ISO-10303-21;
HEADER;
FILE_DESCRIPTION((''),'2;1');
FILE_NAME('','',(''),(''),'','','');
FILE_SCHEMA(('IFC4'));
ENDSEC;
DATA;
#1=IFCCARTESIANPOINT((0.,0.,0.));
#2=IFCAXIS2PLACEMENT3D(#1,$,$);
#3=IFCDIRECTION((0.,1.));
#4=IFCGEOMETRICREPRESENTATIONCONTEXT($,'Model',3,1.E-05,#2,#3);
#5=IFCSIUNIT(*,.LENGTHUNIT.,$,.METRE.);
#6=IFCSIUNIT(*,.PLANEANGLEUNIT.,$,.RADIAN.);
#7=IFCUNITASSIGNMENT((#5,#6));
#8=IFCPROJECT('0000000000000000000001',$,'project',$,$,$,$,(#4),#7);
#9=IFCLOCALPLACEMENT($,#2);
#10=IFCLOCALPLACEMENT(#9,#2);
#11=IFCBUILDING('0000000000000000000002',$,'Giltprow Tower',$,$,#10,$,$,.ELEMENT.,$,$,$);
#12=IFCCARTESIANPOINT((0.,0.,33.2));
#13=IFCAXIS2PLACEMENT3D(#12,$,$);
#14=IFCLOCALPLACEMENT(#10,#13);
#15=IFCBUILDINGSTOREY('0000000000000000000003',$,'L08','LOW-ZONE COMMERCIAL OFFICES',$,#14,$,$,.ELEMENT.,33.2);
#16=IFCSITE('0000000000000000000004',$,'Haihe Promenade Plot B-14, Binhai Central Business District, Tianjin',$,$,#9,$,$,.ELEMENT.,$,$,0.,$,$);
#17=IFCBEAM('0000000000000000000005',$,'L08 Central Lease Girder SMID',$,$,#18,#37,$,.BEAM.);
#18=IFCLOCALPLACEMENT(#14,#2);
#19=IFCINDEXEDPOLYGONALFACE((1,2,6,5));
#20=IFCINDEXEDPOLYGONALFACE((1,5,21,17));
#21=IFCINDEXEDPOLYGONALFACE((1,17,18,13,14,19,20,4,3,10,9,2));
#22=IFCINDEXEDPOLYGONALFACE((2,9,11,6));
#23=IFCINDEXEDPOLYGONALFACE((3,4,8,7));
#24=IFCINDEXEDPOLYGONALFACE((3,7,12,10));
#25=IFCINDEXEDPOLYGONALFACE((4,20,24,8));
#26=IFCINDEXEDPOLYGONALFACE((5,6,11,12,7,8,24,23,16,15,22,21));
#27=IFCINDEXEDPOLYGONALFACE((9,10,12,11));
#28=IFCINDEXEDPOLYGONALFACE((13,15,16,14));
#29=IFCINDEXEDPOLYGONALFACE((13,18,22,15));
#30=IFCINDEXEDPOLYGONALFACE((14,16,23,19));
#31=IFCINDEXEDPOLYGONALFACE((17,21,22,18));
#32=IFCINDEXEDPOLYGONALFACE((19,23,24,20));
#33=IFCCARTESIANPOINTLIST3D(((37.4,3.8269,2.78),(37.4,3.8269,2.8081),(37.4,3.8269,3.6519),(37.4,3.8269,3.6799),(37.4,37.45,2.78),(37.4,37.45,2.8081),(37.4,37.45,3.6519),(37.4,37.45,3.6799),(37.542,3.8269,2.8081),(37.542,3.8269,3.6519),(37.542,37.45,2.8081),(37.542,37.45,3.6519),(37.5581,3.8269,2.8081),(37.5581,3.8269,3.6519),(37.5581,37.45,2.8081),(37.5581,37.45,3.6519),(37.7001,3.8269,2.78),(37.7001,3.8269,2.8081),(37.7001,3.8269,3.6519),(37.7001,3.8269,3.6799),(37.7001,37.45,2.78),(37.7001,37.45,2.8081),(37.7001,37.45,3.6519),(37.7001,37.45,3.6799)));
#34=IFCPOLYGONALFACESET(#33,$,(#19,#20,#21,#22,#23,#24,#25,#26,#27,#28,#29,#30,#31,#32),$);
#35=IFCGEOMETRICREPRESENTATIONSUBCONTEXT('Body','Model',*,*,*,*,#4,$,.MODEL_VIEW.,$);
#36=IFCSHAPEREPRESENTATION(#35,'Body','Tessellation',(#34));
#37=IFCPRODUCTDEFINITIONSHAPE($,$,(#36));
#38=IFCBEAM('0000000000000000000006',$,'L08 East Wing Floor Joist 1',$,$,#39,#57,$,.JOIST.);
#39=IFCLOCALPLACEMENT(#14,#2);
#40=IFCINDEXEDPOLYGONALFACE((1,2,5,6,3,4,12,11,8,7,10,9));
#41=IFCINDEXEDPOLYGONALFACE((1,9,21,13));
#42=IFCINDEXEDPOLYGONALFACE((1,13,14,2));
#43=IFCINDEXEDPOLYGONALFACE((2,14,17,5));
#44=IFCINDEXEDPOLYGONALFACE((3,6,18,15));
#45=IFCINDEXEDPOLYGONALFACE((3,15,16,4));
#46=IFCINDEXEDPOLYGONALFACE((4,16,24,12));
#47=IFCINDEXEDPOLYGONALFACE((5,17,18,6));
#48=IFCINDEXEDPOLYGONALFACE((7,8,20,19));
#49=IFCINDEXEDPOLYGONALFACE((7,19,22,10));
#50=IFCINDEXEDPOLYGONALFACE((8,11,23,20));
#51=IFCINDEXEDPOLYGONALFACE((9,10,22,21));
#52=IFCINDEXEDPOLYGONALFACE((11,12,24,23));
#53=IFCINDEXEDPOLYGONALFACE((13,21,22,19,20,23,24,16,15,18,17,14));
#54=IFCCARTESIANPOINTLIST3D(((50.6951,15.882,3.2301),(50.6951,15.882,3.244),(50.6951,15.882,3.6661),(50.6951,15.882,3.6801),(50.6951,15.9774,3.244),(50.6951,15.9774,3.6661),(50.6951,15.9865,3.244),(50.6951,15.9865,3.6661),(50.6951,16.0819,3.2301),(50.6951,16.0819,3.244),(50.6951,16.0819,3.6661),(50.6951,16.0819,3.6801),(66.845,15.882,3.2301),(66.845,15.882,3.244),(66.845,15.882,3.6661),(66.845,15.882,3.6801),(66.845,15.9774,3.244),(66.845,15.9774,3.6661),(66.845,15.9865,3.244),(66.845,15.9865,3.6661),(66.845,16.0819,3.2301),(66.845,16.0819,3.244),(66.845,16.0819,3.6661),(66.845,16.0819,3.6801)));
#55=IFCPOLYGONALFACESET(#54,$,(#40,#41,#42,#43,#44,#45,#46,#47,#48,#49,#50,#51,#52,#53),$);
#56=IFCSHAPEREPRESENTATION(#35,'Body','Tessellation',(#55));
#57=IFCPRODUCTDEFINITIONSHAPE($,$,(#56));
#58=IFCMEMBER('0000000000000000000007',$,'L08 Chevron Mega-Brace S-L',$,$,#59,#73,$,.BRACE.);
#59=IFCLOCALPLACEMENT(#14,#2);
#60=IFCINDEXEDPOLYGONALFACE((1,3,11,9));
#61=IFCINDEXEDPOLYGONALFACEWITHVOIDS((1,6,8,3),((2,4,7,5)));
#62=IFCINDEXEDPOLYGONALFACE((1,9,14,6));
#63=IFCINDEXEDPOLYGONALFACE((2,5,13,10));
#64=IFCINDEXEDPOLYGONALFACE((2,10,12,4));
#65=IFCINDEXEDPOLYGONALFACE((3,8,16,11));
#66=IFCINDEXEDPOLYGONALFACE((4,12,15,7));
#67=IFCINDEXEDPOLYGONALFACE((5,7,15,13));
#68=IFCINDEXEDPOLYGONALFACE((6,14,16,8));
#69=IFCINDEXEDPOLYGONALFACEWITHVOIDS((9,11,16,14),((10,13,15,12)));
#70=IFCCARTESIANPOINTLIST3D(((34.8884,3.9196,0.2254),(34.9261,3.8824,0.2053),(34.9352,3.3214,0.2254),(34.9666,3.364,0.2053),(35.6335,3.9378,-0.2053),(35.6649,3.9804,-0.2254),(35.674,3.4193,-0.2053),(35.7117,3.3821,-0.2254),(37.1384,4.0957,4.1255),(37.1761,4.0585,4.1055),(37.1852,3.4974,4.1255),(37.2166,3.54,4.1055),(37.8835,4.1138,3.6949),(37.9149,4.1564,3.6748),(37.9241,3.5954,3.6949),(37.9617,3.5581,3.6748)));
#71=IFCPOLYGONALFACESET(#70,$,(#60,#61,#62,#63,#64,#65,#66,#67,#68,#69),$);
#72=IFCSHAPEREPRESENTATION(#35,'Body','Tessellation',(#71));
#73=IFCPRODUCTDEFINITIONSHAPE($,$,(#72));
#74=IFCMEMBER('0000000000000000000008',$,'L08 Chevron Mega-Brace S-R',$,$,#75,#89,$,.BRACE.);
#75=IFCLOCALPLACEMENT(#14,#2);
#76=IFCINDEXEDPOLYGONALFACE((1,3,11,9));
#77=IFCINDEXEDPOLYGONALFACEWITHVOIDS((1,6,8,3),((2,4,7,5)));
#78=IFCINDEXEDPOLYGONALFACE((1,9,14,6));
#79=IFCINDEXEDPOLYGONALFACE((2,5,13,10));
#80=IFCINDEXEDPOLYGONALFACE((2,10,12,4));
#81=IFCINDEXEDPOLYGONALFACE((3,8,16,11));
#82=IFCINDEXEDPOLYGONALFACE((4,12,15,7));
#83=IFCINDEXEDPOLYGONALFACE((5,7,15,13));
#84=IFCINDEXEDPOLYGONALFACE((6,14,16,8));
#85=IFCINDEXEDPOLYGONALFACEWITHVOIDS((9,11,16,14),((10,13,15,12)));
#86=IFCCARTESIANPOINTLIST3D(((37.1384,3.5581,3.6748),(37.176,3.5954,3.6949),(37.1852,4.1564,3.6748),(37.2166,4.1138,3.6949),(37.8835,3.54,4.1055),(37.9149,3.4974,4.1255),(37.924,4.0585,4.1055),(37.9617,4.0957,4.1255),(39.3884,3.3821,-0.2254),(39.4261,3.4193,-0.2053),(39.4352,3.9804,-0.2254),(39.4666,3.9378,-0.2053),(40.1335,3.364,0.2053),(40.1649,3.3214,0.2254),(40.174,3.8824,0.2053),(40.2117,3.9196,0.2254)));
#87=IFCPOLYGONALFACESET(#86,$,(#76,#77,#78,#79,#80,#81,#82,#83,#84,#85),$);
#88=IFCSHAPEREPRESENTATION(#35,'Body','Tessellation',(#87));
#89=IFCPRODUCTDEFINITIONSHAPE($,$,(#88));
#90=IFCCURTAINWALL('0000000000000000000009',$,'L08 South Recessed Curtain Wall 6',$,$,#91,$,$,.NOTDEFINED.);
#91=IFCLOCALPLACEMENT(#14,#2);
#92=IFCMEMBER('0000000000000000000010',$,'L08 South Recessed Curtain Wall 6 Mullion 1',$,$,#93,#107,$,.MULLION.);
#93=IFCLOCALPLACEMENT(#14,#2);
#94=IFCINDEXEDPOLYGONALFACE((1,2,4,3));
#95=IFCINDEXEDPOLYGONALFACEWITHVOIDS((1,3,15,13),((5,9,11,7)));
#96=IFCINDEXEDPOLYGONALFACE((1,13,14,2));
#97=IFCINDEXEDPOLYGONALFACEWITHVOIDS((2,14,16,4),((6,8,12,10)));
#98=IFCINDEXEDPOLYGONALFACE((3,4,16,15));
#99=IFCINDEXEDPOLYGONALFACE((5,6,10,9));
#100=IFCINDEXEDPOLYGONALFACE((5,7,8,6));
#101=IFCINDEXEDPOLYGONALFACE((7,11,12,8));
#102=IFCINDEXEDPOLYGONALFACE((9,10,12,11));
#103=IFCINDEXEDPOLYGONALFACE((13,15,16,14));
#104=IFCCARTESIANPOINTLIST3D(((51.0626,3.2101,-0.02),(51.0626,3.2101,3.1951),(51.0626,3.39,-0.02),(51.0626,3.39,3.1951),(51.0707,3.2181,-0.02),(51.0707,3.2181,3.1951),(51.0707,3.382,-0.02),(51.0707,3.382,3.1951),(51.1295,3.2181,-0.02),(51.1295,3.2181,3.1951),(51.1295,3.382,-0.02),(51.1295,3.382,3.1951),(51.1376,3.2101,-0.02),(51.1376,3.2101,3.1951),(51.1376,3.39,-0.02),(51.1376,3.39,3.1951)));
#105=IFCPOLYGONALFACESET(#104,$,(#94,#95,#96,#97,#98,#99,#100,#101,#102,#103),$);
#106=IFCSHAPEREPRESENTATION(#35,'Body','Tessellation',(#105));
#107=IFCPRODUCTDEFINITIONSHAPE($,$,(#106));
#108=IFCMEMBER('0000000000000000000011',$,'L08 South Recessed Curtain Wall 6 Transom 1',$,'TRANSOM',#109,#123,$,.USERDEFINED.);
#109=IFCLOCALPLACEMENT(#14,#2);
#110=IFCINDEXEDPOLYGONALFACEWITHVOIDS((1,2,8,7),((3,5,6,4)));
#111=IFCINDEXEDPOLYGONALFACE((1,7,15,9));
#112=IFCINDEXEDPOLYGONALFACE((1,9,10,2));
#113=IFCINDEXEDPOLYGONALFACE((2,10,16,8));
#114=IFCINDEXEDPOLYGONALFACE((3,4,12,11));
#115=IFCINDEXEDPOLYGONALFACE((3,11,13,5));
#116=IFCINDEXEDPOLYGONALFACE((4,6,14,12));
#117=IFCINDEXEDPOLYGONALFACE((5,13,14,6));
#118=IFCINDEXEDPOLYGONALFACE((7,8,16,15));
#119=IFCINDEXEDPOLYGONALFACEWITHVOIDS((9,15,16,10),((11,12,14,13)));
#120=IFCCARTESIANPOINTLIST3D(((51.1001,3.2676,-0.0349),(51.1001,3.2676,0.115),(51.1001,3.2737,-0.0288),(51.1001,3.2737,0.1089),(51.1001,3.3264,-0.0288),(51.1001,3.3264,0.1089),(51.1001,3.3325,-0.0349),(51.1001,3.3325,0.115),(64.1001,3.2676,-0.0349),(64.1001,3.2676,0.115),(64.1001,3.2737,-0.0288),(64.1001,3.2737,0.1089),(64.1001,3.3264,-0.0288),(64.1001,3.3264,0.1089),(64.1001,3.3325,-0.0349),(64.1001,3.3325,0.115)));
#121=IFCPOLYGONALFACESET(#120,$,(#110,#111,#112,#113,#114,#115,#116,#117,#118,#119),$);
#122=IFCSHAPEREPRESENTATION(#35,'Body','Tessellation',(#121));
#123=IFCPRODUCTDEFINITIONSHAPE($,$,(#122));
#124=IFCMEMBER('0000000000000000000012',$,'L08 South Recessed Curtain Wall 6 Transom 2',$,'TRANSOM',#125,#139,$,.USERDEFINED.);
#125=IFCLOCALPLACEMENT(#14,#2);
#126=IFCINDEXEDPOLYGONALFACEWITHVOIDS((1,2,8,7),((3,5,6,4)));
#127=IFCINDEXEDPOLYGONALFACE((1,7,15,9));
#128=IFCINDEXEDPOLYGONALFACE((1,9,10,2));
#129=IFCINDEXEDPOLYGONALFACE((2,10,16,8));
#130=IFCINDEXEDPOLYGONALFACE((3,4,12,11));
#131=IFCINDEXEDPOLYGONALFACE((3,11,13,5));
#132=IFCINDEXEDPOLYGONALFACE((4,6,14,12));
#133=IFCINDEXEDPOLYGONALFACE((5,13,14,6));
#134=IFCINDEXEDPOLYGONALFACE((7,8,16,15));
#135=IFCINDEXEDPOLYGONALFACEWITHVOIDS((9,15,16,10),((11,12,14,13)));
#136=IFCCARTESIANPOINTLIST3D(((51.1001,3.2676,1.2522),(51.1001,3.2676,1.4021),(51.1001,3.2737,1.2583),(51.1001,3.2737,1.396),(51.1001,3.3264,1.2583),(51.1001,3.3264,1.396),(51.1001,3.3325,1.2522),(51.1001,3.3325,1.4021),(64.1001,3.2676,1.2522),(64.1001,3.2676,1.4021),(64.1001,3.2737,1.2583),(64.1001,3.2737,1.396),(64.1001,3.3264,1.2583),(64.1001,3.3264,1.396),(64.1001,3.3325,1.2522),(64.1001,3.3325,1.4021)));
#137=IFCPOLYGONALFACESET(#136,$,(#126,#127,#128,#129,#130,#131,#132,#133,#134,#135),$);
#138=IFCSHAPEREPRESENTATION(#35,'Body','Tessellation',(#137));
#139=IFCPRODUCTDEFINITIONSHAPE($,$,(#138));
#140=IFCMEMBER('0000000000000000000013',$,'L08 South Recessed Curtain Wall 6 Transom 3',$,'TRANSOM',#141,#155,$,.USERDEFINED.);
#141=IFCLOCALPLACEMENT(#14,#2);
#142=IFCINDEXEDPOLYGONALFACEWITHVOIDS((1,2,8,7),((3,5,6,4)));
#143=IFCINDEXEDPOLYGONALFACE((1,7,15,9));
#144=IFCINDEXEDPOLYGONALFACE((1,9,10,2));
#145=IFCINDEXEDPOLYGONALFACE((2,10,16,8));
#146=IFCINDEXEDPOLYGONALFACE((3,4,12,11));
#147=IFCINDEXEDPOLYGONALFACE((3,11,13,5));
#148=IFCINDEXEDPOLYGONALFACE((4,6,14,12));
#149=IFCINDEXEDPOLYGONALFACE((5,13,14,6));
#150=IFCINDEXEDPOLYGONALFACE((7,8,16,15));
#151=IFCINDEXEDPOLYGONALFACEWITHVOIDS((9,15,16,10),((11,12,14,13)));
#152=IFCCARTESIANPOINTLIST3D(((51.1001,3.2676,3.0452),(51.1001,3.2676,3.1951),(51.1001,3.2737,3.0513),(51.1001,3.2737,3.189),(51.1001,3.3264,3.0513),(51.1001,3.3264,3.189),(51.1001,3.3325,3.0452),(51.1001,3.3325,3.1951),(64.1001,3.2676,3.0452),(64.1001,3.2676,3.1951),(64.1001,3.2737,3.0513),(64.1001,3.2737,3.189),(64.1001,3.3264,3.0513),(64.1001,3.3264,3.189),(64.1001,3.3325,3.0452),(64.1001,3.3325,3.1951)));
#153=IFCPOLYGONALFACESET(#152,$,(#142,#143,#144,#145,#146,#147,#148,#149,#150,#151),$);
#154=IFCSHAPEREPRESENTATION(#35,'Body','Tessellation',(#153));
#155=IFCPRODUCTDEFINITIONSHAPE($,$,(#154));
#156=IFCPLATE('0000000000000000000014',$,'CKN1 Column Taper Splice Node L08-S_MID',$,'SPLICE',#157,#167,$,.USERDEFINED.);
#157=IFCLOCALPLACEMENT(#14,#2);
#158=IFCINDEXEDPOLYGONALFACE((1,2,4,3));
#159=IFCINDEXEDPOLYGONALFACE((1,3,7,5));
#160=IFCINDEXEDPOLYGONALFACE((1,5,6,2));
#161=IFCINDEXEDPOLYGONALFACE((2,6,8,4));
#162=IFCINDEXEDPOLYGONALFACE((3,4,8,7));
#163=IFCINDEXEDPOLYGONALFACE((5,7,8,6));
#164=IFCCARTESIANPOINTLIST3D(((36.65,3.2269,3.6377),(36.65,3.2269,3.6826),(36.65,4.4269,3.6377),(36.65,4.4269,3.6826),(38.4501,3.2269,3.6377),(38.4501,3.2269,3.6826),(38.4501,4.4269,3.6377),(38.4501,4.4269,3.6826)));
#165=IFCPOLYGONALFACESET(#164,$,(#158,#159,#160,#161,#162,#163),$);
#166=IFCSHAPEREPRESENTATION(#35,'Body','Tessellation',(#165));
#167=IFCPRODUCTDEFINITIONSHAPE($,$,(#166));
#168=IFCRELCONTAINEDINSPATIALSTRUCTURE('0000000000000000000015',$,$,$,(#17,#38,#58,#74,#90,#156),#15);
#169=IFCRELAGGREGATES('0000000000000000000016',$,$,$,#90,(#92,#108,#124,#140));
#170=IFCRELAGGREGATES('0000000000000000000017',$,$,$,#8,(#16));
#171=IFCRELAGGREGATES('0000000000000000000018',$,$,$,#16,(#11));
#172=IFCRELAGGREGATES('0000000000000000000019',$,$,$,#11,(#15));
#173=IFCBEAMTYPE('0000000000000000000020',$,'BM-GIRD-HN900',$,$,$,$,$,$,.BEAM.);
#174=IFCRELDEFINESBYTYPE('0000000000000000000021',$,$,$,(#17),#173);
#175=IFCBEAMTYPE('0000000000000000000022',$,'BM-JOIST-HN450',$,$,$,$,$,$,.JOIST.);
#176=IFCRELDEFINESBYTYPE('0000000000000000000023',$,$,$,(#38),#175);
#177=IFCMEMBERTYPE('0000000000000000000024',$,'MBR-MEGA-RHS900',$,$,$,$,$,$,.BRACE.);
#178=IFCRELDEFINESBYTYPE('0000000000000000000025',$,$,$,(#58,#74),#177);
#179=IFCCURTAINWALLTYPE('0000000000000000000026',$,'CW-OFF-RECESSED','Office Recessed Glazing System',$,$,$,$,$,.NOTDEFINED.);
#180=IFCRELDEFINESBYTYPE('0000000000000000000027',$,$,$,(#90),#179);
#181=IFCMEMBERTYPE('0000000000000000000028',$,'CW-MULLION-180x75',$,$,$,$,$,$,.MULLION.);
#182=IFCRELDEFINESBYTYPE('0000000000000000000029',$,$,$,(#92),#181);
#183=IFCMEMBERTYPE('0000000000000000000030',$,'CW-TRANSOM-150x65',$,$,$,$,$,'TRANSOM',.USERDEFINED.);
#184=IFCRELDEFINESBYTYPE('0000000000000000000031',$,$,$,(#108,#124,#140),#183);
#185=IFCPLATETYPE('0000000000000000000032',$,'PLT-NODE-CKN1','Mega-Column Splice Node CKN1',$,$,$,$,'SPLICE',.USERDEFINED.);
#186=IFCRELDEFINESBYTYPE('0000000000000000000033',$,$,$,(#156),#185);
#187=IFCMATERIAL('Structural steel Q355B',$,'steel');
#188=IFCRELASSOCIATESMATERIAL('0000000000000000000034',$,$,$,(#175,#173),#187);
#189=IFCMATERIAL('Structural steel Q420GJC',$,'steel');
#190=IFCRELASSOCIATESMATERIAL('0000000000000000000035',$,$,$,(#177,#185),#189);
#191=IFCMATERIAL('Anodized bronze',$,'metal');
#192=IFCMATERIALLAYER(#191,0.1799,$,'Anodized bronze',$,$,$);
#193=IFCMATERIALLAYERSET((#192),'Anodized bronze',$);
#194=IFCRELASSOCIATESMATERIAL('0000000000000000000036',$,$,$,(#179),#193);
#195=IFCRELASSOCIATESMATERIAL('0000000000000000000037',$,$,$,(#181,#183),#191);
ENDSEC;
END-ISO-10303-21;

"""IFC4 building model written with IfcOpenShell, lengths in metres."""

from ifc_helpers import new_model, si_unit, direction, frame, origin, origin_2d, place, context, subcontext, project, spatial, rectangle, hollow_rectangle, i_section, extrude, source, transform, mapped, material, layer, layer_set, material_profile, profile_set, type_object, element, aggregate, save


model = new_model("IFC4")

# Units and contexts
model_context = context("Model", 3, precision=1e-05, world=origin(), true_north=direction((0.0, 1.0)))
body_context = subcontext(model_context, "Body", "Model", "MODEL_VIEW")
ifc_project = project(units=[si_unit("LENGTHUNIT", "METRE"), si_unit("PLANEANGLEUNIT", "RADIAN")], contexts=[model_context])

# Site, building, storey
site_placement = place(None, origin())
site = spatial("IfcSite", under=ifc_project, at=site_placement, Name="Haihe Promenade Plot B-14, Binhai Central Business District, Tianjin", CompositionType="ELEMENT", RefElevation=0.0)
building_placement = place(site_placement, origin())
building = spatial("IfcBuilding", under=site, at=building_placement, Name="Giltprow Tower", CompositionType="ELEMENT")
storey_placement = place(building_placement, frame((0.0, 0.0, 33.2)))
storey = spatial("IfcBuildingStorey", under=building, at=storey_placement, Name="L08", Description="LOW-ZONE COMMERCIAL OFFICES", CompositionType="ELEMENT", Elevation=33.2)

# Shared definitions
ifc_material_1 = material(Name="Structural steel Q420GJC", Category="steel")

# Beams
ifc_material_2 = material(Name="Structural steel Q355B", Category="steel")
ifc_material_profile_1 = material_profile(ifc_material_2, i_section(OverallWidth=0.2, OverallDepth=0.45, WebThickness=0.009, FlangeThickness=0.0139, at=origin_2d()), Name="HN 450x200x9x14")
ifc_profile_set_1 = profile_set([ifc_material_profile_1], Name="Structural steel Q355B")
beam_type_1 = type_object("IfcBeamType", Name="BM-JOIST-HN450", PredefinedType="JOIST", material=ifc_profile_set_1)
ifc_material_profile_2 = material_profile(ifc_material_2, i_section(OverallWidth=0.3, OverallDepth=0.8999, WebThickness=0.0161, FlangeThickness=0.0281, at=origin_2d()), Name="HN 900x300x16x28")
ifc_profile_set_2 = profile_set([ifc_material_profile_2], Name="Structural steel Q355B")
beam_type_2 = type_object("IfcBeamType", Name="BM-GIRD-HN900", PredefinedType="BEAM", material=ifc_profile_set_2)
shared_shape_1 = source(origin(), body_context, "Body", "SweptSolid", [
    extrude(i_section(OverallWidth=0.3, OverallDepth=0.8999, WebThickness=0.0161, FlangeThickness=0.0281, at=origin_2d()), origin(), (0.0, 0.0, 1.0), 33.623),
])
beam_1_placement = place(storey_placement, frame((37.55, 3.8269, 3.23), z_axis=(0.0, 1.0, 0.0), x_axis=(-1.0, 0.0, 0.0)))
element("IfcBeam", 1, at=beam_1_placement, inside=storey, type_object=beam_type_2, Name="L08 Central Lease Girder SMID", PredefinedType="BEAM", context=body_context, shape_type="MappedRepresentation", body=[
    mapped(shared_shape_1, transform((0.0, 0.0, 0.0), x_axis=(1.0, 0.0, 0.0), y_axis=(0.0, 1.0, 0.0), z_axis=(0.0, 0.0, 1.0), scale=1.0)),
])
shared_shape_2 = source(origin(), body_context, "Body", "SweptSolid", [
    extrude(i_section(OverallWidth=0.2, OverallDepth=0.45, WebThickness=0.009, FlangeThickness=0.0139, at=origin_2d()), origin(), (0.0, 0.0, 1.0), 16.1499),
])
beam_2_placement = place(storey_placement, frame((50.6951, 15.9819, 3.4551), z_axis=(1.0, 0.0, 0.0), x_axis=(0.0, 1.0, 0.0)))
element("IfcBeam", 2, at=beam_2_placement, inside=storey, type_object=beam_type_1, Name="L08 East Wing Floor Joist 1", PredefinedType="JOIST", context=body_context, shape_type="MappedRepresentation", body=[
    mapped(shared_shape_2, transform((0.0, 0.0, 0.0), x_axis=(1.0, 0.0, 0.0), y_axis=(0.0, 1.0, 0.0), z_axis=(0.0, 0.0, 1.0), scale=1.0)),
])

# Members
ifc_material_profile_3 = material_profile(ifc_material_1, hollow_rectangle(XDim=0.6001, YDim=0.8999, WallThickness=0.04, at=origin_2d()), Name="RHS 900x600x40")
ifc_profile_set_3 = profile_set([ifc_material_profile_3], Name="Structural steel Q420GJC")
member_type_1 = type_object("IfcMemberType", Name="MBR-MEGA-RHS900", PredefinedType="BRACE", material=ifc_profile_set_3)
shared_shape_3 = source(origin(), body_context, "Body", "SweptSolid", [
    extrude(hollow_rectangle(XDim=0.6001, YDim=0.8999, WallThickness=0.04, at=origin_2d()), origin(), (0.0, 0.0, 1.0), 4.5061),
])
for number, where, z_axis, x_axis, name in (
    (3, (35.3, 3.6509, 0.0), (0.499327, 0.039064, 0.865533), (-0.077995, 0.996954, 0.0), "L08 Chevron Mega-Brace S-L"),
    (4, (39.8, 3.6509, 0.0), (-0.499327, 0.039064, 0.865533), (-0.077995, -0.996954, 0.0), "L08 Chevron Mega-Brace S-R"),
):
    element("IfcMember", number, at=place(storey_placement, frame(where, z_axis=z_axis, x_axis=x_axis)), inside=storey, type_object=member_type_1, Name=name, PredefinedType="BRACE", context=body_context, shape_type="MappedRepresentation", body=[
        mapped(shared_shape_3, transform((0.0, 0.0, 0.0), x_axis=(1.0, 0.0, 0.0), y_axis=(0.0, 1.0, 0.0), z_axis=(0.0, 0.0, 1.0), scale=1.0)),
    ])

# Curtain wall, members
ifc_material_3 = material(Name="Anodized bronze", Category="metal")
ifc_layer_1 = layer(ifc_material_3, 0.1799, Name="Anodized bronze")
ifc_layer_set_1 = layer_set([ifc_layer_1], Name="Anodized bronze")
curtain_wall_type = type_object("IfcCurtainWallType", Name="CW-OFF-RECESSED", Description="Office Recessed Glazing System", PredefinedType="NOTDEFINED", material=ifc_layer_set_1)
curtain_wall_placement = place(storey_placement, origin())
curtain_wall = element("IfcCurtainWall", 5, at=curtain_wall_placement, inside=storey, type_object=curtain_wall_type, Name="L08 South Recessed Curtain Wall 6", PredefinedType="NOTDEFINED")
ifc_material_profile_4 = material_profile(ifc_material_3, hollow_rectangle(XDim=0.075, YDim=0.1799, WallThickness=0.0081, at=origin_2d()), Name="RHS 180x75x8")
ifc_profile_set_4 = profile_set([ifc_material_profile_4], Name="Anodized bronze")
member_type_2 = type_object("IfcMemberType", Name="CW-MULLION-180x75", PredefinedType="MULLION", material=ifc_profile_set_4)
shared_shape_4 = source(origin(), body_context, "Body", "SweptSolid", [
    extrude(hollow_rectangle(XDim=0.075, YDim=0.1799, WallThickness=0.0081, at=origin_2d()), origin(), (0.0, 0.0, 1.0), 3.2151),
])
member_1_placement = place(storey_placement, frame((51.1001, 3.3, -0.02), z_axis=(0.0, 0.0, 1.0), x_axis=(1.0, 0.0, 0.0)))
member_1 = element("IfcMember", 6, at=member_1_placement, type_object=member_type_2, Name="L08 South Recessed Curtain Wall 6 Mullion 1", PredefinedType="MULLION", context=body_context, shape_type="MappedRepresentation", body=[
    mapped(shared_shape_4, transform((0.0, 0.0, 0.0), x_axis=(1.0, 0.0, 0.0), y_axis=(0.0, 1.0, 0.0), z_axis=(0.0, 0.0, 1.0), scale=1.0)),
])
ifc_material_profile_5 = material_profile(ifc_material_3, hollow_rectangle(XDim=0.0649, YDim=0.1499, WallThickness=0.0061, at=origin_2d()), Name="RHS 150x65x6")
ifc_profile_set_5 = profile_set([ifc_material_profile_5], Name="Anodized bronze")
member_type_3 = type_object("IfcMemberType", Name="CW-TRANSOM-150x65", ElementType="TRANSOM", PredefinedType="USERDEFINED", material=ifc_profile_set_5)
shared_shape_5 = source(origin(), body_context, "Body", "SweptSolid", [
    extrude(hollow_rectangle(XDim=0.0649, YDim=0.1499, WallThickness=0.0061, at=origin_2d()), origin(), (0.0, 0.0, 1.0), 13.0),
])
member_2_placement = place(storey_placement, frame((51.1001, 3.3, 0.04), z_axis=(1.0, 0.0, 0.0), x_axis=(0.0, 1.0, 0.0)))
member_2 = element("IfcMember", 7, at=member_2_placement, type_object=member_type_3, Name="L08 South Recessed Curtain Wall 6 Transom 1", ObjectType="TRANSOM", PredefinedType="USERDEFINED", context=body_context, shape_type="MappedRepresentation", body=[
    mapped(shared_shape_5, transform((0.0, 0.0, 0.0), x_axis=(1.0, 0.0, 0.0), y_axis=(0.0, 1.0, 0.0), z_axis=(0.0, 0.0, 1.0), scale=1.0)),
])
member_3_placement = place(storey_placement, frame((51.1001, 3.3, 1.3271), z_axis=(1.0, 0.0, 0.0), x_axis=(0.0, 1.0, 0.0)))
member_3 = element("IfcMember", 8, at=member_3_placement, type_object=member_type_3, Name="L08 South Recessed Curtain Wall 6 Transom 2", ObjectType="TRANSOM", PredefinedType="USERDEFINED", context=body_context, shape_type="MappedRepresentation", body=[
    mapped(shared_shape_5, transform((0.0, 0.0, 0.0), x_axis=(1.0, 0.0, 0.0), y_axis=(0.0, 1.0, 0.0), z_axis=(0.0, 0.0, 1.0), scale=1.0)),
])
member_4_placement = place(storey_placement, frame((51.1001, 3.3, 3.1201), z_axis=(1.0, 0.0, 0.0), x_axis=(0.0, 1.0, 0.0)))
member_4 = element("IfcMember", 9, at=member_4_placement, type_object=member_type_3, Name="L08 South Recessed Curtain Wall 6 Transom 3", ObjectType="TRANSOM", PredefinedType="USERDEFINED", context=body_context, shape_type="MappedRepresentation", body=[
    mapped(shared_shape_5, transform((0.0, 0.0, 0.0), x_axis=(1.0, 0.0, 0.0), y_axis=(0.0, 1.0, 0.0), z_axis=(0.0, 0.0, 1.0), scale=1.0)),
])

# Plate
plate_type_1 = type_object("IfcPlateType", Name="PLT-NODE-CKN1", Description="Mega-Column Splice Node CKN1", ElementType="SPLICE", PredefinedType="USERDEFINED", material=ifc_material_1)
shared_shape_6 = source(origin(), body_context, "Body", "SweptSolid", [
    extrude(rectangle(XDim=1.8, YDim=1.2, at=origin_2d()), origin(), (0.0, 0.0, 1.0), 0.0449),
])
for number, where, z_axis, x_axis, name in (
    (10, (37.55, 3.8269, 3.6377), (0.0, 0.0, 1.0), (1.0, 0.0, 0.0), "CKN1 Column Taper Splice Node L08-S_MID"),
):
    element("IfcPlate", number, at=place(storey_placement, frame(where, z_axis=z_axis, x_axis=x_axis)), inside=storey, type_object=plate_type_1, Name=name, ObjectType="SPLICE", PredefinedType="USERDEFINED", context=body_context, shape_type="MappedRepresentation", body=[
        mapped(shared_shape_6, transform((0.0, 0.0, 0.0), x_axis=(1.0, 0.0, 0.0), y_axis=(0.0, 1.0, 0.0), z_axis=(0.0, 0.0, 1.0), scale=1.0)),
    ])

aggregate(curtain_wall, [member_1, member_2, member_3, member_4])

save(model, "model.ifc")
